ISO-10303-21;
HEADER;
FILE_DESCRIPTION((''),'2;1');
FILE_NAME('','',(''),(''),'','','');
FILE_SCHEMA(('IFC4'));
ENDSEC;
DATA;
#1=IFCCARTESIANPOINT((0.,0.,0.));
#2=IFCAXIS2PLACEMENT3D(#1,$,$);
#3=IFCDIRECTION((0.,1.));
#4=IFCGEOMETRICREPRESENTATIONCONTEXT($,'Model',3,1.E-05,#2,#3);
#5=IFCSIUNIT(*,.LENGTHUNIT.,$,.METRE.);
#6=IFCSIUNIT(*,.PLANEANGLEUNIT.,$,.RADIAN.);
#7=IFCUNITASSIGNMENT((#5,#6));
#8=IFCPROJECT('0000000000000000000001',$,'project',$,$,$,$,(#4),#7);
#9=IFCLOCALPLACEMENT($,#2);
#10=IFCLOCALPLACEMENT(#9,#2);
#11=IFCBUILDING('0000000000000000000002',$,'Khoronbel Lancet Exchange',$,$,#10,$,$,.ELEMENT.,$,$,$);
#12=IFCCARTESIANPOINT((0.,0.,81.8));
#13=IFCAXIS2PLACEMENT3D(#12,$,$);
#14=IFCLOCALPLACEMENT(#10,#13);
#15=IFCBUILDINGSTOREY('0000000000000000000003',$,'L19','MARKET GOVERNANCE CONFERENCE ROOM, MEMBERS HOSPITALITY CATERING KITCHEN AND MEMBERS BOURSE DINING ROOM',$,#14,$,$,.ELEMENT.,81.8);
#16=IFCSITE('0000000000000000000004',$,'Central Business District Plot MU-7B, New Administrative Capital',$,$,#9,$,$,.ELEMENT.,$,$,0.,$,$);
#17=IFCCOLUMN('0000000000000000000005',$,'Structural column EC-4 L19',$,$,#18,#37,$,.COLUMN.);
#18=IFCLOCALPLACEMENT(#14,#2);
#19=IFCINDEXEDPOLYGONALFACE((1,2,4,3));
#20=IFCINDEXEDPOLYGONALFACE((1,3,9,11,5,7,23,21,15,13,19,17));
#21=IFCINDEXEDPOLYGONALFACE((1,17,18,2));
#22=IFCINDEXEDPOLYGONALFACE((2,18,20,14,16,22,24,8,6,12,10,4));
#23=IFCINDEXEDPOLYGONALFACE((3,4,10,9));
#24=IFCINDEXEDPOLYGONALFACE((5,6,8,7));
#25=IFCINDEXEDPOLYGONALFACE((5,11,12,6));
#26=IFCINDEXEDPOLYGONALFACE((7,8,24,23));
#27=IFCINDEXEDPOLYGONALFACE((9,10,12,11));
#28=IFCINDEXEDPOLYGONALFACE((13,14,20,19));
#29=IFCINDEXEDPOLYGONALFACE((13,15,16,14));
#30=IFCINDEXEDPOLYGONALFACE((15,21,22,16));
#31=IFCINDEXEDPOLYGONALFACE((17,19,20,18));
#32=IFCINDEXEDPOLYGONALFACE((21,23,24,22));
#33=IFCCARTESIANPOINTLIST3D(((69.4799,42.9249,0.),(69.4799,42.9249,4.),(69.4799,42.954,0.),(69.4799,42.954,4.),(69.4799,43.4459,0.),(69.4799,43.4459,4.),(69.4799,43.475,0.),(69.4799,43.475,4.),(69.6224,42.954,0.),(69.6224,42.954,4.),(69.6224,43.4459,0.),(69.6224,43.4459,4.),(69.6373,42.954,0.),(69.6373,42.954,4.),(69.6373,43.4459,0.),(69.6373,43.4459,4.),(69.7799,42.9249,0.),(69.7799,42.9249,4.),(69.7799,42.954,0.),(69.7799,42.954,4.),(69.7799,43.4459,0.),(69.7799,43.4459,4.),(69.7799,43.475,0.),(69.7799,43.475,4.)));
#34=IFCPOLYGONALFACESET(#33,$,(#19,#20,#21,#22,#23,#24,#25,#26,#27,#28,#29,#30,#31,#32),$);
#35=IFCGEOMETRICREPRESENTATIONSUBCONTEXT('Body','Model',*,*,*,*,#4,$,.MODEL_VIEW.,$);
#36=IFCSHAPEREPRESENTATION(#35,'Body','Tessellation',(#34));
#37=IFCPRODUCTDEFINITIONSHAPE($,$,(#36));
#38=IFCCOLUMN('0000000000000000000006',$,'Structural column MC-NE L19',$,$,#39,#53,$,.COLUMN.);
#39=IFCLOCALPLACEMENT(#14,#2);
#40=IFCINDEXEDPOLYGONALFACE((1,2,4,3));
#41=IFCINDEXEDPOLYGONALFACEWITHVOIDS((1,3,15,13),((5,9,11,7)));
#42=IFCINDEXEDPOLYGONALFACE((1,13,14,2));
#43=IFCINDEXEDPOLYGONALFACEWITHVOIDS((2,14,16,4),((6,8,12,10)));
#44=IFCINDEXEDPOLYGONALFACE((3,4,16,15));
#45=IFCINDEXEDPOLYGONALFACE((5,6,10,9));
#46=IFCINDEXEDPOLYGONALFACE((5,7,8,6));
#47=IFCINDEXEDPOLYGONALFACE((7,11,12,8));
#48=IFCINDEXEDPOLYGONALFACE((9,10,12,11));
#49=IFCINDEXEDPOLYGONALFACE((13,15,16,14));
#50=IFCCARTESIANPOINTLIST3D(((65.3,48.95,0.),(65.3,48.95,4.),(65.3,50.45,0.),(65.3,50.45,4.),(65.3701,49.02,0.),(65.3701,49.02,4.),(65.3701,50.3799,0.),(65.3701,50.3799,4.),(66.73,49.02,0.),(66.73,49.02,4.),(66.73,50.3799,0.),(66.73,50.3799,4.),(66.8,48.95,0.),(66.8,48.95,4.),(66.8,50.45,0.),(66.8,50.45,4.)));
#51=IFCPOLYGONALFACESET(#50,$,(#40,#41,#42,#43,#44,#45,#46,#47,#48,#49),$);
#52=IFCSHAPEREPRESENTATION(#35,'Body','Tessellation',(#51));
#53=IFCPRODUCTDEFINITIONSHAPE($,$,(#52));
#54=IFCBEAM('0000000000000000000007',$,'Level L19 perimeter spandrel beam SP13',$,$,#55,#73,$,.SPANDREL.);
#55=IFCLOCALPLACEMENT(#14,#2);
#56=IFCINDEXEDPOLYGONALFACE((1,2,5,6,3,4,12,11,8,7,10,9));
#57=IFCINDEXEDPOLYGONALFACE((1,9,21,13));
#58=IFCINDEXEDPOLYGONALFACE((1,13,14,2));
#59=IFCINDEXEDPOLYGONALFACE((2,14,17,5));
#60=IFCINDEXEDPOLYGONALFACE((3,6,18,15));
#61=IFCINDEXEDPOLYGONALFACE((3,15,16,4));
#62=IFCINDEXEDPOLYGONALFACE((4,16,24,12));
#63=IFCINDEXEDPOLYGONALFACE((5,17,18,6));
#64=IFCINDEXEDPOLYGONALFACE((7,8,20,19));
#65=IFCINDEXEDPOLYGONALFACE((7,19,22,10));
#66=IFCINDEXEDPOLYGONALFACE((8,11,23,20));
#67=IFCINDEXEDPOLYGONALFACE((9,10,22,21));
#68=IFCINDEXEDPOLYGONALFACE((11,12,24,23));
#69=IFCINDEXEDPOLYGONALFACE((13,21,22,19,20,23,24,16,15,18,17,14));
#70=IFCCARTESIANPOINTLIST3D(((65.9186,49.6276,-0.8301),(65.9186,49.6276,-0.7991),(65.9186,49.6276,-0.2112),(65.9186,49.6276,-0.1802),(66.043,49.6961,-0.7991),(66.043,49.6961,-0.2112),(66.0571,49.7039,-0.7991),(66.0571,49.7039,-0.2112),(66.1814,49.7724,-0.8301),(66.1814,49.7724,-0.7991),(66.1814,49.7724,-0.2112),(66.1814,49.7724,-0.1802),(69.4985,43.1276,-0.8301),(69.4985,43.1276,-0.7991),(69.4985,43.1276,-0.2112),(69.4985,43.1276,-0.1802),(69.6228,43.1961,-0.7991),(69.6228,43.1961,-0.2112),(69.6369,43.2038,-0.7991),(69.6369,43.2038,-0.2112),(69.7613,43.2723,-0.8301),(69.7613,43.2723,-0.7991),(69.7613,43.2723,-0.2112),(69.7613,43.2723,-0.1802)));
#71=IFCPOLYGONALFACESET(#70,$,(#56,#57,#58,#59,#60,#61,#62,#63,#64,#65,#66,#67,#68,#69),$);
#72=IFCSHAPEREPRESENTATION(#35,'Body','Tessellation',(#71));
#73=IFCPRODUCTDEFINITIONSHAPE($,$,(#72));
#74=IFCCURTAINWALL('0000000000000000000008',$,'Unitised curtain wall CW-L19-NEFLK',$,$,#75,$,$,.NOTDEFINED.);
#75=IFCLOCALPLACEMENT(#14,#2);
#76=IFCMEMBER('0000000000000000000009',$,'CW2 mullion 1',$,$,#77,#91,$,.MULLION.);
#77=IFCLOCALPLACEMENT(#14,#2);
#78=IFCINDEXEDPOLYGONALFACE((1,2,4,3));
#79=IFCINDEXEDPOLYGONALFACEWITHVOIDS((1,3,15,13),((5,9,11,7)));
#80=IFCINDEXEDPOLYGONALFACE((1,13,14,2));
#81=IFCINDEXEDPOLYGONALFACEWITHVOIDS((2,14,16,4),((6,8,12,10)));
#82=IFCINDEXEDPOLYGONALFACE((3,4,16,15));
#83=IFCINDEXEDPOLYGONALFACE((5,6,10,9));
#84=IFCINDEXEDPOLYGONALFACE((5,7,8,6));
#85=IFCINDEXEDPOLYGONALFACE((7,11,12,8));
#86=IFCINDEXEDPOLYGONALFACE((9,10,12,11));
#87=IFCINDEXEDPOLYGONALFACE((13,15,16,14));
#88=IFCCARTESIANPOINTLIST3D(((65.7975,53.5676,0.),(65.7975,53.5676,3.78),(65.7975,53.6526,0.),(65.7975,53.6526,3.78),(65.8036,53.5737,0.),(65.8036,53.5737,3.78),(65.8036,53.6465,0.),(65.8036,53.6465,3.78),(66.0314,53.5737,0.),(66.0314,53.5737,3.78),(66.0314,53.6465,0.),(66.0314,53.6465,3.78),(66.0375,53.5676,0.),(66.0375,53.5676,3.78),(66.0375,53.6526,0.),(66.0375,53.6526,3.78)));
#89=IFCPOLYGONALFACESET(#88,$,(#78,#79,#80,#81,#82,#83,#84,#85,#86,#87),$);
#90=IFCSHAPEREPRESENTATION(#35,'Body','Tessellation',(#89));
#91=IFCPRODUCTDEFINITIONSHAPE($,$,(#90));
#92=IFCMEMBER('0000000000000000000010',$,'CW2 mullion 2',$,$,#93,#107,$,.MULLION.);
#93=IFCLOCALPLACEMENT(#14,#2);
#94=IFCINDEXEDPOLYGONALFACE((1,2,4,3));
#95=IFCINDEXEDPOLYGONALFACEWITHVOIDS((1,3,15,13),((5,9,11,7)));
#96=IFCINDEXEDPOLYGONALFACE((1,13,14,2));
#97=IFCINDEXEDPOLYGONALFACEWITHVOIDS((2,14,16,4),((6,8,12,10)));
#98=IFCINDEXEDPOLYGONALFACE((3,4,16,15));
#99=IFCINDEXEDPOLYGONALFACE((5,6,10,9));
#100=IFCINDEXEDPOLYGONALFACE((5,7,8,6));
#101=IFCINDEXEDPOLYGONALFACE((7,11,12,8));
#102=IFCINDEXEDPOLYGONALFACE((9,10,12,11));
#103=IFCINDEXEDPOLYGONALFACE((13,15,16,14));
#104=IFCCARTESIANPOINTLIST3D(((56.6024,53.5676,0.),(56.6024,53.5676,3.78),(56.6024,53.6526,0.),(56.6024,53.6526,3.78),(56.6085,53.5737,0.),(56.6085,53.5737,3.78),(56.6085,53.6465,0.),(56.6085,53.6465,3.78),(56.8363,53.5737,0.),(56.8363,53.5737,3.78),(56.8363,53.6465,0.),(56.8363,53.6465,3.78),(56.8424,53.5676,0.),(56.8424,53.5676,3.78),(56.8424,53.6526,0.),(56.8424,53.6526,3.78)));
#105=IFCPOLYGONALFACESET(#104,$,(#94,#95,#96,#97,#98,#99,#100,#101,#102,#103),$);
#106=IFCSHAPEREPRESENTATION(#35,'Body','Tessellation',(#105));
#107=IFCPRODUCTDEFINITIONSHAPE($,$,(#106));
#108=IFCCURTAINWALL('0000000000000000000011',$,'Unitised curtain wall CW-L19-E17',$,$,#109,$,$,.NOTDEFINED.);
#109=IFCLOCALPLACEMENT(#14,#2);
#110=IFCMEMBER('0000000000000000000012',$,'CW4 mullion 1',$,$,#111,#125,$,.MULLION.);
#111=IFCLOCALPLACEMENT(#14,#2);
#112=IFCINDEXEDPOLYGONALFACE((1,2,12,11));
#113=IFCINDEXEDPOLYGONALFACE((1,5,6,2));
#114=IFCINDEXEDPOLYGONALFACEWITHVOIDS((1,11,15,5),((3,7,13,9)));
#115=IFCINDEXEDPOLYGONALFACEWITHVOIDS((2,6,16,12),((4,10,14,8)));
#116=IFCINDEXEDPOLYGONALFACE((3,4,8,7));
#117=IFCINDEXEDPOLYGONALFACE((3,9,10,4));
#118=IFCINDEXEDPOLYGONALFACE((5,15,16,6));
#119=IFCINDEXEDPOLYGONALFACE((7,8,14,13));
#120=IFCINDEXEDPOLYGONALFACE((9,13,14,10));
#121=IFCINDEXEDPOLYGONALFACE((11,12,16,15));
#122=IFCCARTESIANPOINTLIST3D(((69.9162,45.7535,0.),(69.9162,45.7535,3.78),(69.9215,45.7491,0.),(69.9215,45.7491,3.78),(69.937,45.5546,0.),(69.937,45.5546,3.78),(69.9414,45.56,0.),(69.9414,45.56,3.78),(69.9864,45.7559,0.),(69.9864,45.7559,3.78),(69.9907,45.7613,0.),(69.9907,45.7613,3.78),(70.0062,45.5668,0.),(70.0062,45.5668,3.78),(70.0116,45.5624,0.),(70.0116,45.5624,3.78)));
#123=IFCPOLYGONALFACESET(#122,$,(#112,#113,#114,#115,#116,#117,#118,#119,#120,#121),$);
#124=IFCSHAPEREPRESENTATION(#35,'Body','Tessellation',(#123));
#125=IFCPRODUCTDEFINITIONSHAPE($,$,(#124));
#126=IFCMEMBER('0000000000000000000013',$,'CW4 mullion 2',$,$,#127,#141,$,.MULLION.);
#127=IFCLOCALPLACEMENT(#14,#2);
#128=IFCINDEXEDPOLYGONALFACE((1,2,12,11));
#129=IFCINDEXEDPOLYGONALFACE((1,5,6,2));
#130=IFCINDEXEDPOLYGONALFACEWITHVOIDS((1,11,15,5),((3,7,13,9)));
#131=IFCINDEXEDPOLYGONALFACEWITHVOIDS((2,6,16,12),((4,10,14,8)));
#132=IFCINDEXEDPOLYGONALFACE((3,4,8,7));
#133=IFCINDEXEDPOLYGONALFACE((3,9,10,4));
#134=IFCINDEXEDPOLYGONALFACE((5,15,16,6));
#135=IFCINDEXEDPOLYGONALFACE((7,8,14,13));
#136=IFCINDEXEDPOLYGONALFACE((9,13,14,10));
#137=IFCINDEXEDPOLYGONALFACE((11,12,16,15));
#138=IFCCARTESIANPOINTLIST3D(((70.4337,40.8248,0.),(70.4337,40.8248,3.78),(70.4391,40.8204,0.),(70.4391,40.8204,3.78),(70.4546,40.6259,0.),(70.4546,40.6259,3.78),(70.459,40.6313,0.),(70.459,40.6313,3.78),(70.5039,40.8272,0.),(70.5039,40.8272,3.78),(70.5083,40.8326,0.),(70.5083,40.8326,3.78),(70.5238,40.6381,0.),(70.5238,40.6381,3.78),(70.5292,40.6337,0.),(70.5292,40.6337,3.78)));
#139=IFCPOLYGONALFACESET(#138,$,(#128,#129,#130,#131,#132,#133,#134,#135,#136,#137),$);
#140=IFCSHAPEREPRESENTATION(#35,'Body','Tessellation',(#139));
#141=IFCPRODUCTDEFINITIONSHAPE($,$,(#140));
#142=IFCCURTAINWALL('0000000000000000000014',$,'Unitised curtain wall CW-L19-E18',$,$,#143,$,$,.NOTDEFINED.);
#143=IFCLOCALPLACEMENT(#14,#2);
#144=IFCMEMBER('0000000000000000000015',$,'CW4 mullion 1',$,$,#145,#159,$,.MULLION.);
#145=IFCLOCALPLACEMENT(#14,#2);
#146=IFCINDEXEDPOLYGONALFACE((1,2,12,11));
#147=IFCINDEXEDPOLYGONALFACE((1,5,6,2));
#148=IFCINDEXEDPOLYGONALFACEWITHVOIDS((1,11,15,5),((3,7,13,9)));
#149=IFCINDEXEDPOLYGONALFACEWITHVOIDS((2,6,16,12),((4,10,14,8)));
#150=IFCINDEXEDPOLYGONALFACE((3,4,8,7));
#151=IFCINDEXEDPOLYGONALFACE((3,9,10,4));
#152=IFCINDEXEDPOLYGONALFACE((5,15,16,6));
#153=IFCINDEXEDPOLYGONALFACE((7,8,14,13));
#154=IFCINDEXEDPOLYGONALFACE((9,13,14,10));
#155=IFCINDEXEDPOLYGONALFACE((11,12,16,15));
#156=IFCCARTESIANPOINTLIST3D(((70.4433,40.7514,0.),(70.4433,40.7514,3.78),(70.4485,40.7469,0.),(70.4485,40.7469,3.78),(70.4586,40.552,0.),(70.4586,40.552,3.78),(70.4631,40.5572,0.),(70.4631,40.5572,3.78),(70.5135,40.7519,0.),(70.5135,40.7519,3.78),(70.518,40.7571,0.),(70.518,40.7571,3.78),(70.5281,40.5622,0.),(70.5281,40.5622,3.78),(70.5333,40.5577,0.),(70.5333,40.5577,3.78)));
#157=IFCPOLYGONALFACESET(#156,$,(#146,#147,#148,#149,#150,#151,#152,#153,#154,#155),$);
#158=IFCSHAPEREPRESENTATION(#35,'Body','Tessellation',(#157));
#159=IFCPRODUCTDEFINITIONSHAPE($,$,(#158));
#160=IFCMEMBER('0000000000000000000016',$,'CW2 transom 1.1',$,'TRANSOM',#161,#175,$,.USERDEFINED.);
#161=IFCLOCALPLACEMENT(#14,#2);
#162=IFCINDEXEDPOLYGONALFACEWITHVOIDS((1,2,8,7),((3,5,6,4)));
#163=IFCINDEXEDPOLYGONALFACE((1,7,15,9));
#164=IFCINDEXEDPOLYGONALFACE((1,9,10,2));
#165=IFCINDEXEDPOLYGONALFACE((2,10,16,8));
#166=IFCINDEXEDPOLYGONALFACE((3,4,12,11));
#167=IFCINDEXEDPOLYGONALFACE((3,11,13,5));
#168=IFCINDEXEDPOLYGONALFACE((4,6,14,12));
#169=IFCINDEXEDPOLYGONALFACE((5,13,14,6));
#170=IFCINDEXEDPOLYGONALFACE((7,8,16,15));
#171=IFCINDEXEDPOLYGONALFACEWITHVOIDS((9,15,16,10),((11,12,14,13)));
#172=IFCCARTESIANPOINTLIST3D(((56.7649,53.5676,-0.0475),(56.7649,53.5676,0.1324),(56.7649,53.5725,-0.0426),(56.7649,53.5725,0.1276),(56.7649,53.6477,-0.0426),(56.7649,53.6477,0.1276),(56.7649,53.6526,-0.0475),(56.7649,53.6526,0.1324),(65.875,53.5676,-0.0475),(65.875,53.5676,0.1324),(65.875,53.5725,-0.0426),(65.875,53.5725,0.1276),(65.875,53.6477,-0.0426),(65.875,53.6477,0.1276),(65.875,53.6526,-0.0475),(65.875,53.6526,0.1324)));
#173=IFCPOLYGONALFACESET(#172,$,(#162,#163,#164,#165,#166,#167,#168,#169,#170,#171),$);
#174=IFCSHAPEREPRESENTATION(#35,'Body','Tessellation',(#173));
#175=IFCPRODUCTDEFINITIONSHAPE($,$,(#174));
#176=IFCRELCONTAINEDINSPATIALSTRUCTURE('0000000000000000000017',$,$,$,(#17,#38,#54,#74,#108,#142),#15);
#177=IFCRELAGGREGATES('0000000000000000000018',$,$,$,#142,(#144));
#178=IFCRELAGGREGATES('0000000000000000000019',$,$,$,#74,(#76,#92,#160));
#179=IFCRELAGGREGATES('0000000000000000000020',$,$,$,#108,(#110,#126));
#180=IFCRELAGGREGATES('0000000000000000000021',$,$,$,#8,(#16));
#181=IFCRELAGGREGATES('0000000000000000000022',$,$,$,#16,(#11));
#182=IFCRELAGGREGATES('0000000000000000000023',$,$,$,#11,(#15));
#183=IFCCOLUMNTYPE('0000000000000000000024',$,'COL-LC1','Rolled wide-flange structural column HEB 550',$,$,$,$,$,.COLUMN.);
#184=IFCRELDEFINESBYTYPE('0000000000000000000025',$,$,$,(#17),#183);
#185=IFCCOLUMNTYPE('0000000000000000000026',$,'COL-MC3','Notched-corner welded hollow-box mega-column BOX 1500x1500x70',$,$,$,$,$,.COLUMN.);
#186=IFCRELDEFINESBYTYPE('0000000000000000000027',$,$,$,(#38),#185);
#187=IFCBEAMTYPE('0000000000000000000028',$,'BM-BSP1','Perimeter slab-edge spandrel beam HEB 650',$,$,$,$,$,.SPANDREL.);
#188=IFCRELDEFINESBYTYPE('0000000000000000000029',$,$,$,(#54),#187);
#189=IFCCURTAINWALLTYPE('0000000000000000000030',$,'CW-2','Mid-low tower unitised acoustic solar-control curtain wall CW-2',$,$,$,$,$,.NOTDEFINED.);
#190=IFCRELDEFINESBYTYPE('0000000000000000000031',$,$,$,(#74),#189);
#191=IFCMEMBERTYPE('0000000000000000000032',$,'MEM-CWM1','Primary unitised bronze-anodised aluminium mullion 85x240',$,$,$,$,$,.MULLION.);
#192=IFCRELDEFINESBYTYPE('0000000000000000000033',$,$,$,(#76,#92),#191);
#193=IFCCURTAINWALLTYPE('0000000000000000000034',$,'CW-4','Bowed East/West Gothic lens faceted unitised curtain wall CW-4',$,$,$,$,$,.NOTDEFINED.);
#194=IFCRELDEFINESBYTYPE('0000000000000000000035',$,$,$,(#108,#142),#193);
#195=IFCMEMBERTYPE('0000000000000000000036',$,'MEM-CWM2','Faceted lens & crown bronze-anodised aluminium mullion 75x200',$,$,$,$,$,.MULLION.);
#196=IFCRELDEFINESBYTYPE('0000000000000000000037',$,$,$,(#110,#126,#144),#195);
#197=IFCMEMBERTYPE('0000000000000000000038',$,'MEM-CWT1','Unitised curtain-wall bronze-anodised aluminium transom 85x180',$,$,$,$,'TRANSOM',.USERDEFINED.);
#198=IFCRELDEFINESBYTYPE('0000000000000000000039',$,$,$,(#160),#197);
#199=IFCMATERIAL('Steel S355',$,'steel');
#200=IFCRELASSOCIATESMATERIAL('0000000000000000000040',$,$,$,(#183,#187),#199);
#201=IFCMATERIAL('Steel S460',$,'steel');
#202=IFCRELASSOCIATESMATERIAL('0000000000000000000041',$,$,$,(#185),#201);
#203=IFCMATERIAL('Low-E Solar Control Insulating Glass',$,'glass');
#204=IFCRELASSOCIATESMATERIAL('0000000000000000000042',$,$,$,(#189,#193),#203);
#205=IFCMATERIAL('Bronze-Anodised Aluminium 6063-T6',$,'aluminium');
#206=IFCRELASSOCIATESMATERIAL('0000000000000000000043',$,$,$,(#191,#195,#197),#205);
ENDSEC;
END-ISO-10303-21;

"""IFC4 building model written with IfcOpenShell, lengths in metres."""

from ifc_helpers import new_model, si_unit, direction, frame, origin, origin_2d, place, context, subcontext, project, spatial, hollow_rectangle, i_section, extrude, material, material_profile, profile_set, type_object, element, aggregate, save


model = new_model("IFC4")

# Units and contexts
model_context = context("Model", 3, precision=1e-05, world=origin(), true_north=direction((0.0, 1.0)))
body_context = subcontext(model_context, "Body", "Model", "MODEL_VIEW")
ifc_project = project(units=[si_unit("LENGTHUNIT", "METRE"), si_unit("PLANEANGLEUNIT", "RADIAN")], contexts=[model_context])

# Site, building, storey
site_placement = place(None, origin())
site = spatial("IfcSite", under=ifc_project, at=site_placement, Name="Central Business District Plot MU-7B, New Administrative Capital", CompositionType="ELEMENT", RefElevation=0.0)
building_placement = place(site_placement, origin())
building = spatial("IfcBuilding", under=site, at=building_placement, Name="Khoronbel Lancet Exchange", CompositionType="ELEMENT")
storey_placement = place(building_placement, frame((0.0, 0.0, 81.8)))
storey = spatial("IfcBuildingStorey", under=building, at=storey_placement, Name="L19", Description="MARKET GOVERNANCE CONFERENCE ROOM, MEMBERS HOSPITALITY CATERING KITCHEN AND MEMBERS BOURSE DINING ROOM", CompositionType="ELEMENT", Elevation=81.8)

# Columns
ifc_material_1 = material(Name="Steel S355", Category="steel")
ifc_material_profile_1 = material_profile(ifc_material_1, i_section(OverallWidth=0.3, OverallDepth=0.55, WebThickness=0.0149, FlangeThickness=0.0291, at=origin_2d()), Name="HEB 550")
ifc_profile_set_1 = profile_set([ifc_material_profile_1], Name="Steel S355")
column_type_1 = type_object("IfcColumnType", Name="COL-LC1", Description="Rolled wide-flange structural column HEB 550", PredefinedType="COLUMN", material=ifc_profile_set_1)
column_1_placement = place(storey_placement, frame((69.6299, 43.2, 0.0), z_axis=(0.0, 0.0, 1.0), x_axis=(1.0, 0.0, 0.0)))
element("IfcColumn", 1, at=column_1_placement, inside=storey, type_object=column_type_1, Name="Structural column EC-4 L19", PredefinedType="COLUMN", context=body_context, shape_type="SweptSolid", body=[
    extrude(i_section(OverallWidth=0.3, OverallDepth=0.55, WebThickness=0.0149, FlangeThickness=0.0291, at=origin_2d()), origin(), (0.0, 0.0, 1.0), 4.0),
])
ifc_material_2 = material(Name="Steel S460", Category="steel")
ifc_material_profile_2 = material_profile(ifc_material_2, hollow_rectangle(XDim=1.5, YDim=1.5, WallThickness=0.0701, at=origin_2d()), Name="BOX 1500x1500x70")
ifc_profile_set_2 = profile_set([ifc_material_profile_2], Name="Steel S460")
column_type_2 = type_object("IfcColumnType", Name="COL-MC3", Description="Notched-corner welded hollow-box mega-column BOX 1500x1500x70", PredefinedType="COLUMN", material=ifc_profile_set_2)
column_2_placement = place(storey_placement, frame((66.05, 49.7, 0.0), z_axis=(0.0, 0.0, 1.0), x_axis=(1.0, 0.0, 0.0)))
element("IfcColumn", 2, at=column_2_placement, inside=storey, type_object=column_type_2, Name="Structural column MC-NE L19", PredefinedType="COLUMN", context=body_context, shape_type="SweptSolid", body=[
    extrude(hollow_rectangle(XDim=1.5, YDim=1.5, WallThickness=0.0701, at=origin_2d()), origin(), (0.0, 0.0, 1.0), 4.0),
])

# Beam
ifc_material_profile_3 = material_profile(ifc_material_1, i_section(OverallWidth=0.3, OverallDepth=0.6499, WebThickness=0.0161, FlangeThickness=0.031, at=origin_2d()), Name="HEB 650")
ifc_profile_set_3 = profile_set([ifc_material_profile_3], Name="Steel S355")
beam_type = type_object("IfcBeamType", Name="BM-BSP1", Description="Perimeter slab-edge spandrel beam HEB 650", PredefinedType="SPANDREL", material=ifc_profile_set_3)
beam_placement = place(storey_placement, frame((69.6299, 43.2, -0.5051), z_axis=(-0.482419, 0.875941, 0.0), x_axis=(-0.875941, -0.482419, 0.0)))
element("IfcBeam", 3, at=beam_placement, inside=storey, type_object=beam_type, Name="Level L19 perimeter spandrel beam SP13", PredefinedType="SPANDREL", context=body_context, shape_type="SweptSolid", body=[
    extrude(i_section(OverallWidth=0.3, OverallDepth=0.6499, WebThickness=0.0161, FlangeThickness=0.031, at=origin_2d()), origin(), (0.0, 0.0, 1.0), 7.4207),
])

# Curtain walls, members
ifc_material_3 = material(Name="Low-E Solar Control Insulating Glass", Category="glass")
curtain_wall_type_1 = type_object("IfcCurtainWallType", Name="CW-2", Description="Mid-low tower unitised acoustic solar-control curtain wall CW-2", PredefinedType="NOTDEFINED", material=ifc_material_3)
curtain_wall_1_placement = place(storey_placement, origin())
curtain_wall_1 = element("IfcCurtainWall", 4, at=curtain_wall_1_placement, inside=storey, type_object=curtain_wall_type_1, Name="Unitised curtain wall CW-L19-NEFLK", PredefinedType="NOTDEFINED")
ifc_material_4 = material(Name="Bronze-Anodised Aluminium 6063-T6", Category="aluminium")
ifc_material_profile_4 = material_profile(ifc_material_4, hollow_rectangle(XDim=0.085, YDim=0.24, WallThickness=0.0061, at=origin_2d()), Name="ALU MULLION 85x240")
ifc_profile_set_4 = profile_set([ifc_material_profile_4], Name="Bronze-Anodised Aluminium 6063-T6")
member_type_1 = type_object("IfcMemberType", Name="MEM-CWM1", Description="Primary unitised bronze-anodised aluminium mullion 85x240", PredefinedType="MULLION", material=ifc_profile_set_4)
member_1_placement = place(storey_placement, frame((65.9175, 53.6101, 0.0), z_axis=(0.0, 0.0, 1.0), x_axis=(0.0, -1.0, 0.0)))
member_1 = element("IfcMember", 5, at=member_1_placement, type_object=member_type_1, Name="CW2 mullion 1", PredefinedType="MULLION", context=body_context, shape_type="SweptSolid", body=[
    extrude(hollow_rectangle(XDim=0.085, YDim=0.24, WallThickness=0.0061, at=origin_2d()), origin(), (0.0, 0.0, 1.0), 3.78),
])
member_2_placement = place(storey_placement, frame((56.7224, 53.6101, 0.0), z_axis=(0.0, 0.0, 1.0), x_axis=(0.0, -1.0, 0.0)))
member_2 = element("IfcMember", 6, at=member_2_placement, type_object=member_type_1, Name="CW2 mullion 2", PredefinedType="MULLION", context=body_context, shape_type="SweptSolid", body=[
    extrude(hollow_rectangle(XDim=0.085, YDim=0.24, WallThickness=0.0061, at=origin_2d()), origin(), (0.0, 0.0, 1.0), 3.78),
])
curtain_wall_type_2 = type_object("IfcCurtainWallType", Name="CW-4", Description="Bowed East/West Gothic lens faceted unitised curtain wall CW-4", PredefinedType="NOTDEFINED", material=ifc_material_3)
curtain_wall_2_placement = place(storey_placement, origin())
curtain_wall_2 = element("IfcCurtainWall", 7, at=curtain_wall_2_placement, inside=storey, type_object=curtain_wall_type_2, Name="Unitised curtain wall CW-L19-E17", PredefinedType="NOTDEFINED")
ifc_material_profile_5 = material_profile(ifc_material_4, hollow_rectangle(XDim=0.075, YDim=0.2, WallThickness=0.0049, at=origin_2d()), Name="ALU MULLION 75x200")
ifc_profile_set_5 = profile_set([ifc_material_profile_5], Name="Bronze-Anodised Aluminium 6063-T6")
member_type_2 = type_object("IfcMemberType", Name="MEM-CWM2", Description="Faceted lens & crown bronze-anodised aluminium mullion 75x200", PredefinedType="MULLION", material=ifc_profile_set_5)
member_3_placement = place(storey_placement, frame((69.9639, 45.658, 0.0), z_axis=(0.0, 0.0, 1.0), x_axis=(0.994532, 0.104434, 0.0)))
member_3 = element("IfcMember", 8, at=member_3_placement, type_object=member_type_2, Name="CW4 mullion 1", PredefinedType="MULLION", context=body_context, shape_type="SweptSolid", body=[
    extrude(hollow_rectangle(XDim=0.075, YDim=0.2, WallThickness=0.0049, at=origin_2d()), origin(), (0.0, 0.0, 1.0), 3.78),
])
member_4_placement = place(storey_placement, frame((70.4814, 40.7292, 0.0), z_axis=(0.0, 0.0, 1.0), x_axis=(0.994532, 0.104434, 0.0)))
member_4 = element("IfcMember", 9, at=member_4_placement, type_object=member_type_2, Name="CW4 mullion 2", PredefinedType="MULLION", context=body_context, shape_type="SweptSolid", body=[
    extrude(hollow_rectangle(XDim=0.075, YDim=0.2, WallThickness=0.0049, at=origin_2d()), origin(), (0.0, 0.0, 1.0), 3.78),
])

# Curtain wall, member
curtain_wall_3_placement = place(storey_placement, origin())
curtain_wall_3 = element("IfcCurtainWall", 10, at=curtain_wall_3_placement, inside=storey, type_object=curtain_wall_type_2, Name="Unitised curtain wall CW-L19-E18", PredefinedType="NOTDEFINED")
member_5_placement = place(storey_placement, frame((70.4883, 40.6545, 0.0), z_axis=(0.0, 0.0, 1.0), x_axis=(0.99706, 0.076626, 0.0)))
member_5 = element("IfcMember", 11, at=member_5_placement, type_object=member_type_2, Name="CW4 mullion 1", PredefinedType="MULLION", context=body_context, shape_type="SweptSolid", body=[
    extrude(hollow_rectangle(XDim=0.075, YDim=0.2, WallThickness=0.0049, at=origin_2d()), origin(), (0.0, 0.0, 1.0), 3.78),
])

# Member
ifc_material_profile_6 = material_profile(ifc_material_4, hollow_rectangle(XDim=0.085, YDim=0.1799, WallThickness=0.0049, at=origin_2d()), Name="ALU TRANSOM 85x180")
ifc_profile_set_6 = profile_set([ifc_material_profile_6], Name="Bronze-Anodised Aluminium 6063-T6")
member_type_3 = type_object("IfcMemberType", Name="MEM-CWT1", Description="Unitised curtain-wall bronze-anodised aluminium transom 85x180", ElementType="TRANSOM", PredefinedType="USERDEFINED", material=ifc_profile_set_6)
member_6_placement = place(storey_placement, frame((65.875, 53.6101, 0.0425), z_axis=(-1.0, 0.0, 0.0), x_axis=(0.0, -1.0, 0.0)))
member_6 = element("IfcMember", 12, at=member_6_placement, type_object=member_type_3, Name="CW2 transom 1.1", ObjectType="TRANSOM", PredefinedType="USERDEFINED", context=body_context, shape_type="SweptSolid", body=[
    extrude(hollow_rectangle(XDim=0.085, YDim=0.1799, WallThickness=0.0049, at=origin_2d()), origin(), (0.0, 0.0, 1.0), 9.1101),
])

aggregate(curtain_wall_3, [member_5])
aggregate(curtain_wall_1, [member_1, member_2, member_6])
aggregate(curtain_wall_2, [member_3, member_4])

save(model, "model.ifc")
